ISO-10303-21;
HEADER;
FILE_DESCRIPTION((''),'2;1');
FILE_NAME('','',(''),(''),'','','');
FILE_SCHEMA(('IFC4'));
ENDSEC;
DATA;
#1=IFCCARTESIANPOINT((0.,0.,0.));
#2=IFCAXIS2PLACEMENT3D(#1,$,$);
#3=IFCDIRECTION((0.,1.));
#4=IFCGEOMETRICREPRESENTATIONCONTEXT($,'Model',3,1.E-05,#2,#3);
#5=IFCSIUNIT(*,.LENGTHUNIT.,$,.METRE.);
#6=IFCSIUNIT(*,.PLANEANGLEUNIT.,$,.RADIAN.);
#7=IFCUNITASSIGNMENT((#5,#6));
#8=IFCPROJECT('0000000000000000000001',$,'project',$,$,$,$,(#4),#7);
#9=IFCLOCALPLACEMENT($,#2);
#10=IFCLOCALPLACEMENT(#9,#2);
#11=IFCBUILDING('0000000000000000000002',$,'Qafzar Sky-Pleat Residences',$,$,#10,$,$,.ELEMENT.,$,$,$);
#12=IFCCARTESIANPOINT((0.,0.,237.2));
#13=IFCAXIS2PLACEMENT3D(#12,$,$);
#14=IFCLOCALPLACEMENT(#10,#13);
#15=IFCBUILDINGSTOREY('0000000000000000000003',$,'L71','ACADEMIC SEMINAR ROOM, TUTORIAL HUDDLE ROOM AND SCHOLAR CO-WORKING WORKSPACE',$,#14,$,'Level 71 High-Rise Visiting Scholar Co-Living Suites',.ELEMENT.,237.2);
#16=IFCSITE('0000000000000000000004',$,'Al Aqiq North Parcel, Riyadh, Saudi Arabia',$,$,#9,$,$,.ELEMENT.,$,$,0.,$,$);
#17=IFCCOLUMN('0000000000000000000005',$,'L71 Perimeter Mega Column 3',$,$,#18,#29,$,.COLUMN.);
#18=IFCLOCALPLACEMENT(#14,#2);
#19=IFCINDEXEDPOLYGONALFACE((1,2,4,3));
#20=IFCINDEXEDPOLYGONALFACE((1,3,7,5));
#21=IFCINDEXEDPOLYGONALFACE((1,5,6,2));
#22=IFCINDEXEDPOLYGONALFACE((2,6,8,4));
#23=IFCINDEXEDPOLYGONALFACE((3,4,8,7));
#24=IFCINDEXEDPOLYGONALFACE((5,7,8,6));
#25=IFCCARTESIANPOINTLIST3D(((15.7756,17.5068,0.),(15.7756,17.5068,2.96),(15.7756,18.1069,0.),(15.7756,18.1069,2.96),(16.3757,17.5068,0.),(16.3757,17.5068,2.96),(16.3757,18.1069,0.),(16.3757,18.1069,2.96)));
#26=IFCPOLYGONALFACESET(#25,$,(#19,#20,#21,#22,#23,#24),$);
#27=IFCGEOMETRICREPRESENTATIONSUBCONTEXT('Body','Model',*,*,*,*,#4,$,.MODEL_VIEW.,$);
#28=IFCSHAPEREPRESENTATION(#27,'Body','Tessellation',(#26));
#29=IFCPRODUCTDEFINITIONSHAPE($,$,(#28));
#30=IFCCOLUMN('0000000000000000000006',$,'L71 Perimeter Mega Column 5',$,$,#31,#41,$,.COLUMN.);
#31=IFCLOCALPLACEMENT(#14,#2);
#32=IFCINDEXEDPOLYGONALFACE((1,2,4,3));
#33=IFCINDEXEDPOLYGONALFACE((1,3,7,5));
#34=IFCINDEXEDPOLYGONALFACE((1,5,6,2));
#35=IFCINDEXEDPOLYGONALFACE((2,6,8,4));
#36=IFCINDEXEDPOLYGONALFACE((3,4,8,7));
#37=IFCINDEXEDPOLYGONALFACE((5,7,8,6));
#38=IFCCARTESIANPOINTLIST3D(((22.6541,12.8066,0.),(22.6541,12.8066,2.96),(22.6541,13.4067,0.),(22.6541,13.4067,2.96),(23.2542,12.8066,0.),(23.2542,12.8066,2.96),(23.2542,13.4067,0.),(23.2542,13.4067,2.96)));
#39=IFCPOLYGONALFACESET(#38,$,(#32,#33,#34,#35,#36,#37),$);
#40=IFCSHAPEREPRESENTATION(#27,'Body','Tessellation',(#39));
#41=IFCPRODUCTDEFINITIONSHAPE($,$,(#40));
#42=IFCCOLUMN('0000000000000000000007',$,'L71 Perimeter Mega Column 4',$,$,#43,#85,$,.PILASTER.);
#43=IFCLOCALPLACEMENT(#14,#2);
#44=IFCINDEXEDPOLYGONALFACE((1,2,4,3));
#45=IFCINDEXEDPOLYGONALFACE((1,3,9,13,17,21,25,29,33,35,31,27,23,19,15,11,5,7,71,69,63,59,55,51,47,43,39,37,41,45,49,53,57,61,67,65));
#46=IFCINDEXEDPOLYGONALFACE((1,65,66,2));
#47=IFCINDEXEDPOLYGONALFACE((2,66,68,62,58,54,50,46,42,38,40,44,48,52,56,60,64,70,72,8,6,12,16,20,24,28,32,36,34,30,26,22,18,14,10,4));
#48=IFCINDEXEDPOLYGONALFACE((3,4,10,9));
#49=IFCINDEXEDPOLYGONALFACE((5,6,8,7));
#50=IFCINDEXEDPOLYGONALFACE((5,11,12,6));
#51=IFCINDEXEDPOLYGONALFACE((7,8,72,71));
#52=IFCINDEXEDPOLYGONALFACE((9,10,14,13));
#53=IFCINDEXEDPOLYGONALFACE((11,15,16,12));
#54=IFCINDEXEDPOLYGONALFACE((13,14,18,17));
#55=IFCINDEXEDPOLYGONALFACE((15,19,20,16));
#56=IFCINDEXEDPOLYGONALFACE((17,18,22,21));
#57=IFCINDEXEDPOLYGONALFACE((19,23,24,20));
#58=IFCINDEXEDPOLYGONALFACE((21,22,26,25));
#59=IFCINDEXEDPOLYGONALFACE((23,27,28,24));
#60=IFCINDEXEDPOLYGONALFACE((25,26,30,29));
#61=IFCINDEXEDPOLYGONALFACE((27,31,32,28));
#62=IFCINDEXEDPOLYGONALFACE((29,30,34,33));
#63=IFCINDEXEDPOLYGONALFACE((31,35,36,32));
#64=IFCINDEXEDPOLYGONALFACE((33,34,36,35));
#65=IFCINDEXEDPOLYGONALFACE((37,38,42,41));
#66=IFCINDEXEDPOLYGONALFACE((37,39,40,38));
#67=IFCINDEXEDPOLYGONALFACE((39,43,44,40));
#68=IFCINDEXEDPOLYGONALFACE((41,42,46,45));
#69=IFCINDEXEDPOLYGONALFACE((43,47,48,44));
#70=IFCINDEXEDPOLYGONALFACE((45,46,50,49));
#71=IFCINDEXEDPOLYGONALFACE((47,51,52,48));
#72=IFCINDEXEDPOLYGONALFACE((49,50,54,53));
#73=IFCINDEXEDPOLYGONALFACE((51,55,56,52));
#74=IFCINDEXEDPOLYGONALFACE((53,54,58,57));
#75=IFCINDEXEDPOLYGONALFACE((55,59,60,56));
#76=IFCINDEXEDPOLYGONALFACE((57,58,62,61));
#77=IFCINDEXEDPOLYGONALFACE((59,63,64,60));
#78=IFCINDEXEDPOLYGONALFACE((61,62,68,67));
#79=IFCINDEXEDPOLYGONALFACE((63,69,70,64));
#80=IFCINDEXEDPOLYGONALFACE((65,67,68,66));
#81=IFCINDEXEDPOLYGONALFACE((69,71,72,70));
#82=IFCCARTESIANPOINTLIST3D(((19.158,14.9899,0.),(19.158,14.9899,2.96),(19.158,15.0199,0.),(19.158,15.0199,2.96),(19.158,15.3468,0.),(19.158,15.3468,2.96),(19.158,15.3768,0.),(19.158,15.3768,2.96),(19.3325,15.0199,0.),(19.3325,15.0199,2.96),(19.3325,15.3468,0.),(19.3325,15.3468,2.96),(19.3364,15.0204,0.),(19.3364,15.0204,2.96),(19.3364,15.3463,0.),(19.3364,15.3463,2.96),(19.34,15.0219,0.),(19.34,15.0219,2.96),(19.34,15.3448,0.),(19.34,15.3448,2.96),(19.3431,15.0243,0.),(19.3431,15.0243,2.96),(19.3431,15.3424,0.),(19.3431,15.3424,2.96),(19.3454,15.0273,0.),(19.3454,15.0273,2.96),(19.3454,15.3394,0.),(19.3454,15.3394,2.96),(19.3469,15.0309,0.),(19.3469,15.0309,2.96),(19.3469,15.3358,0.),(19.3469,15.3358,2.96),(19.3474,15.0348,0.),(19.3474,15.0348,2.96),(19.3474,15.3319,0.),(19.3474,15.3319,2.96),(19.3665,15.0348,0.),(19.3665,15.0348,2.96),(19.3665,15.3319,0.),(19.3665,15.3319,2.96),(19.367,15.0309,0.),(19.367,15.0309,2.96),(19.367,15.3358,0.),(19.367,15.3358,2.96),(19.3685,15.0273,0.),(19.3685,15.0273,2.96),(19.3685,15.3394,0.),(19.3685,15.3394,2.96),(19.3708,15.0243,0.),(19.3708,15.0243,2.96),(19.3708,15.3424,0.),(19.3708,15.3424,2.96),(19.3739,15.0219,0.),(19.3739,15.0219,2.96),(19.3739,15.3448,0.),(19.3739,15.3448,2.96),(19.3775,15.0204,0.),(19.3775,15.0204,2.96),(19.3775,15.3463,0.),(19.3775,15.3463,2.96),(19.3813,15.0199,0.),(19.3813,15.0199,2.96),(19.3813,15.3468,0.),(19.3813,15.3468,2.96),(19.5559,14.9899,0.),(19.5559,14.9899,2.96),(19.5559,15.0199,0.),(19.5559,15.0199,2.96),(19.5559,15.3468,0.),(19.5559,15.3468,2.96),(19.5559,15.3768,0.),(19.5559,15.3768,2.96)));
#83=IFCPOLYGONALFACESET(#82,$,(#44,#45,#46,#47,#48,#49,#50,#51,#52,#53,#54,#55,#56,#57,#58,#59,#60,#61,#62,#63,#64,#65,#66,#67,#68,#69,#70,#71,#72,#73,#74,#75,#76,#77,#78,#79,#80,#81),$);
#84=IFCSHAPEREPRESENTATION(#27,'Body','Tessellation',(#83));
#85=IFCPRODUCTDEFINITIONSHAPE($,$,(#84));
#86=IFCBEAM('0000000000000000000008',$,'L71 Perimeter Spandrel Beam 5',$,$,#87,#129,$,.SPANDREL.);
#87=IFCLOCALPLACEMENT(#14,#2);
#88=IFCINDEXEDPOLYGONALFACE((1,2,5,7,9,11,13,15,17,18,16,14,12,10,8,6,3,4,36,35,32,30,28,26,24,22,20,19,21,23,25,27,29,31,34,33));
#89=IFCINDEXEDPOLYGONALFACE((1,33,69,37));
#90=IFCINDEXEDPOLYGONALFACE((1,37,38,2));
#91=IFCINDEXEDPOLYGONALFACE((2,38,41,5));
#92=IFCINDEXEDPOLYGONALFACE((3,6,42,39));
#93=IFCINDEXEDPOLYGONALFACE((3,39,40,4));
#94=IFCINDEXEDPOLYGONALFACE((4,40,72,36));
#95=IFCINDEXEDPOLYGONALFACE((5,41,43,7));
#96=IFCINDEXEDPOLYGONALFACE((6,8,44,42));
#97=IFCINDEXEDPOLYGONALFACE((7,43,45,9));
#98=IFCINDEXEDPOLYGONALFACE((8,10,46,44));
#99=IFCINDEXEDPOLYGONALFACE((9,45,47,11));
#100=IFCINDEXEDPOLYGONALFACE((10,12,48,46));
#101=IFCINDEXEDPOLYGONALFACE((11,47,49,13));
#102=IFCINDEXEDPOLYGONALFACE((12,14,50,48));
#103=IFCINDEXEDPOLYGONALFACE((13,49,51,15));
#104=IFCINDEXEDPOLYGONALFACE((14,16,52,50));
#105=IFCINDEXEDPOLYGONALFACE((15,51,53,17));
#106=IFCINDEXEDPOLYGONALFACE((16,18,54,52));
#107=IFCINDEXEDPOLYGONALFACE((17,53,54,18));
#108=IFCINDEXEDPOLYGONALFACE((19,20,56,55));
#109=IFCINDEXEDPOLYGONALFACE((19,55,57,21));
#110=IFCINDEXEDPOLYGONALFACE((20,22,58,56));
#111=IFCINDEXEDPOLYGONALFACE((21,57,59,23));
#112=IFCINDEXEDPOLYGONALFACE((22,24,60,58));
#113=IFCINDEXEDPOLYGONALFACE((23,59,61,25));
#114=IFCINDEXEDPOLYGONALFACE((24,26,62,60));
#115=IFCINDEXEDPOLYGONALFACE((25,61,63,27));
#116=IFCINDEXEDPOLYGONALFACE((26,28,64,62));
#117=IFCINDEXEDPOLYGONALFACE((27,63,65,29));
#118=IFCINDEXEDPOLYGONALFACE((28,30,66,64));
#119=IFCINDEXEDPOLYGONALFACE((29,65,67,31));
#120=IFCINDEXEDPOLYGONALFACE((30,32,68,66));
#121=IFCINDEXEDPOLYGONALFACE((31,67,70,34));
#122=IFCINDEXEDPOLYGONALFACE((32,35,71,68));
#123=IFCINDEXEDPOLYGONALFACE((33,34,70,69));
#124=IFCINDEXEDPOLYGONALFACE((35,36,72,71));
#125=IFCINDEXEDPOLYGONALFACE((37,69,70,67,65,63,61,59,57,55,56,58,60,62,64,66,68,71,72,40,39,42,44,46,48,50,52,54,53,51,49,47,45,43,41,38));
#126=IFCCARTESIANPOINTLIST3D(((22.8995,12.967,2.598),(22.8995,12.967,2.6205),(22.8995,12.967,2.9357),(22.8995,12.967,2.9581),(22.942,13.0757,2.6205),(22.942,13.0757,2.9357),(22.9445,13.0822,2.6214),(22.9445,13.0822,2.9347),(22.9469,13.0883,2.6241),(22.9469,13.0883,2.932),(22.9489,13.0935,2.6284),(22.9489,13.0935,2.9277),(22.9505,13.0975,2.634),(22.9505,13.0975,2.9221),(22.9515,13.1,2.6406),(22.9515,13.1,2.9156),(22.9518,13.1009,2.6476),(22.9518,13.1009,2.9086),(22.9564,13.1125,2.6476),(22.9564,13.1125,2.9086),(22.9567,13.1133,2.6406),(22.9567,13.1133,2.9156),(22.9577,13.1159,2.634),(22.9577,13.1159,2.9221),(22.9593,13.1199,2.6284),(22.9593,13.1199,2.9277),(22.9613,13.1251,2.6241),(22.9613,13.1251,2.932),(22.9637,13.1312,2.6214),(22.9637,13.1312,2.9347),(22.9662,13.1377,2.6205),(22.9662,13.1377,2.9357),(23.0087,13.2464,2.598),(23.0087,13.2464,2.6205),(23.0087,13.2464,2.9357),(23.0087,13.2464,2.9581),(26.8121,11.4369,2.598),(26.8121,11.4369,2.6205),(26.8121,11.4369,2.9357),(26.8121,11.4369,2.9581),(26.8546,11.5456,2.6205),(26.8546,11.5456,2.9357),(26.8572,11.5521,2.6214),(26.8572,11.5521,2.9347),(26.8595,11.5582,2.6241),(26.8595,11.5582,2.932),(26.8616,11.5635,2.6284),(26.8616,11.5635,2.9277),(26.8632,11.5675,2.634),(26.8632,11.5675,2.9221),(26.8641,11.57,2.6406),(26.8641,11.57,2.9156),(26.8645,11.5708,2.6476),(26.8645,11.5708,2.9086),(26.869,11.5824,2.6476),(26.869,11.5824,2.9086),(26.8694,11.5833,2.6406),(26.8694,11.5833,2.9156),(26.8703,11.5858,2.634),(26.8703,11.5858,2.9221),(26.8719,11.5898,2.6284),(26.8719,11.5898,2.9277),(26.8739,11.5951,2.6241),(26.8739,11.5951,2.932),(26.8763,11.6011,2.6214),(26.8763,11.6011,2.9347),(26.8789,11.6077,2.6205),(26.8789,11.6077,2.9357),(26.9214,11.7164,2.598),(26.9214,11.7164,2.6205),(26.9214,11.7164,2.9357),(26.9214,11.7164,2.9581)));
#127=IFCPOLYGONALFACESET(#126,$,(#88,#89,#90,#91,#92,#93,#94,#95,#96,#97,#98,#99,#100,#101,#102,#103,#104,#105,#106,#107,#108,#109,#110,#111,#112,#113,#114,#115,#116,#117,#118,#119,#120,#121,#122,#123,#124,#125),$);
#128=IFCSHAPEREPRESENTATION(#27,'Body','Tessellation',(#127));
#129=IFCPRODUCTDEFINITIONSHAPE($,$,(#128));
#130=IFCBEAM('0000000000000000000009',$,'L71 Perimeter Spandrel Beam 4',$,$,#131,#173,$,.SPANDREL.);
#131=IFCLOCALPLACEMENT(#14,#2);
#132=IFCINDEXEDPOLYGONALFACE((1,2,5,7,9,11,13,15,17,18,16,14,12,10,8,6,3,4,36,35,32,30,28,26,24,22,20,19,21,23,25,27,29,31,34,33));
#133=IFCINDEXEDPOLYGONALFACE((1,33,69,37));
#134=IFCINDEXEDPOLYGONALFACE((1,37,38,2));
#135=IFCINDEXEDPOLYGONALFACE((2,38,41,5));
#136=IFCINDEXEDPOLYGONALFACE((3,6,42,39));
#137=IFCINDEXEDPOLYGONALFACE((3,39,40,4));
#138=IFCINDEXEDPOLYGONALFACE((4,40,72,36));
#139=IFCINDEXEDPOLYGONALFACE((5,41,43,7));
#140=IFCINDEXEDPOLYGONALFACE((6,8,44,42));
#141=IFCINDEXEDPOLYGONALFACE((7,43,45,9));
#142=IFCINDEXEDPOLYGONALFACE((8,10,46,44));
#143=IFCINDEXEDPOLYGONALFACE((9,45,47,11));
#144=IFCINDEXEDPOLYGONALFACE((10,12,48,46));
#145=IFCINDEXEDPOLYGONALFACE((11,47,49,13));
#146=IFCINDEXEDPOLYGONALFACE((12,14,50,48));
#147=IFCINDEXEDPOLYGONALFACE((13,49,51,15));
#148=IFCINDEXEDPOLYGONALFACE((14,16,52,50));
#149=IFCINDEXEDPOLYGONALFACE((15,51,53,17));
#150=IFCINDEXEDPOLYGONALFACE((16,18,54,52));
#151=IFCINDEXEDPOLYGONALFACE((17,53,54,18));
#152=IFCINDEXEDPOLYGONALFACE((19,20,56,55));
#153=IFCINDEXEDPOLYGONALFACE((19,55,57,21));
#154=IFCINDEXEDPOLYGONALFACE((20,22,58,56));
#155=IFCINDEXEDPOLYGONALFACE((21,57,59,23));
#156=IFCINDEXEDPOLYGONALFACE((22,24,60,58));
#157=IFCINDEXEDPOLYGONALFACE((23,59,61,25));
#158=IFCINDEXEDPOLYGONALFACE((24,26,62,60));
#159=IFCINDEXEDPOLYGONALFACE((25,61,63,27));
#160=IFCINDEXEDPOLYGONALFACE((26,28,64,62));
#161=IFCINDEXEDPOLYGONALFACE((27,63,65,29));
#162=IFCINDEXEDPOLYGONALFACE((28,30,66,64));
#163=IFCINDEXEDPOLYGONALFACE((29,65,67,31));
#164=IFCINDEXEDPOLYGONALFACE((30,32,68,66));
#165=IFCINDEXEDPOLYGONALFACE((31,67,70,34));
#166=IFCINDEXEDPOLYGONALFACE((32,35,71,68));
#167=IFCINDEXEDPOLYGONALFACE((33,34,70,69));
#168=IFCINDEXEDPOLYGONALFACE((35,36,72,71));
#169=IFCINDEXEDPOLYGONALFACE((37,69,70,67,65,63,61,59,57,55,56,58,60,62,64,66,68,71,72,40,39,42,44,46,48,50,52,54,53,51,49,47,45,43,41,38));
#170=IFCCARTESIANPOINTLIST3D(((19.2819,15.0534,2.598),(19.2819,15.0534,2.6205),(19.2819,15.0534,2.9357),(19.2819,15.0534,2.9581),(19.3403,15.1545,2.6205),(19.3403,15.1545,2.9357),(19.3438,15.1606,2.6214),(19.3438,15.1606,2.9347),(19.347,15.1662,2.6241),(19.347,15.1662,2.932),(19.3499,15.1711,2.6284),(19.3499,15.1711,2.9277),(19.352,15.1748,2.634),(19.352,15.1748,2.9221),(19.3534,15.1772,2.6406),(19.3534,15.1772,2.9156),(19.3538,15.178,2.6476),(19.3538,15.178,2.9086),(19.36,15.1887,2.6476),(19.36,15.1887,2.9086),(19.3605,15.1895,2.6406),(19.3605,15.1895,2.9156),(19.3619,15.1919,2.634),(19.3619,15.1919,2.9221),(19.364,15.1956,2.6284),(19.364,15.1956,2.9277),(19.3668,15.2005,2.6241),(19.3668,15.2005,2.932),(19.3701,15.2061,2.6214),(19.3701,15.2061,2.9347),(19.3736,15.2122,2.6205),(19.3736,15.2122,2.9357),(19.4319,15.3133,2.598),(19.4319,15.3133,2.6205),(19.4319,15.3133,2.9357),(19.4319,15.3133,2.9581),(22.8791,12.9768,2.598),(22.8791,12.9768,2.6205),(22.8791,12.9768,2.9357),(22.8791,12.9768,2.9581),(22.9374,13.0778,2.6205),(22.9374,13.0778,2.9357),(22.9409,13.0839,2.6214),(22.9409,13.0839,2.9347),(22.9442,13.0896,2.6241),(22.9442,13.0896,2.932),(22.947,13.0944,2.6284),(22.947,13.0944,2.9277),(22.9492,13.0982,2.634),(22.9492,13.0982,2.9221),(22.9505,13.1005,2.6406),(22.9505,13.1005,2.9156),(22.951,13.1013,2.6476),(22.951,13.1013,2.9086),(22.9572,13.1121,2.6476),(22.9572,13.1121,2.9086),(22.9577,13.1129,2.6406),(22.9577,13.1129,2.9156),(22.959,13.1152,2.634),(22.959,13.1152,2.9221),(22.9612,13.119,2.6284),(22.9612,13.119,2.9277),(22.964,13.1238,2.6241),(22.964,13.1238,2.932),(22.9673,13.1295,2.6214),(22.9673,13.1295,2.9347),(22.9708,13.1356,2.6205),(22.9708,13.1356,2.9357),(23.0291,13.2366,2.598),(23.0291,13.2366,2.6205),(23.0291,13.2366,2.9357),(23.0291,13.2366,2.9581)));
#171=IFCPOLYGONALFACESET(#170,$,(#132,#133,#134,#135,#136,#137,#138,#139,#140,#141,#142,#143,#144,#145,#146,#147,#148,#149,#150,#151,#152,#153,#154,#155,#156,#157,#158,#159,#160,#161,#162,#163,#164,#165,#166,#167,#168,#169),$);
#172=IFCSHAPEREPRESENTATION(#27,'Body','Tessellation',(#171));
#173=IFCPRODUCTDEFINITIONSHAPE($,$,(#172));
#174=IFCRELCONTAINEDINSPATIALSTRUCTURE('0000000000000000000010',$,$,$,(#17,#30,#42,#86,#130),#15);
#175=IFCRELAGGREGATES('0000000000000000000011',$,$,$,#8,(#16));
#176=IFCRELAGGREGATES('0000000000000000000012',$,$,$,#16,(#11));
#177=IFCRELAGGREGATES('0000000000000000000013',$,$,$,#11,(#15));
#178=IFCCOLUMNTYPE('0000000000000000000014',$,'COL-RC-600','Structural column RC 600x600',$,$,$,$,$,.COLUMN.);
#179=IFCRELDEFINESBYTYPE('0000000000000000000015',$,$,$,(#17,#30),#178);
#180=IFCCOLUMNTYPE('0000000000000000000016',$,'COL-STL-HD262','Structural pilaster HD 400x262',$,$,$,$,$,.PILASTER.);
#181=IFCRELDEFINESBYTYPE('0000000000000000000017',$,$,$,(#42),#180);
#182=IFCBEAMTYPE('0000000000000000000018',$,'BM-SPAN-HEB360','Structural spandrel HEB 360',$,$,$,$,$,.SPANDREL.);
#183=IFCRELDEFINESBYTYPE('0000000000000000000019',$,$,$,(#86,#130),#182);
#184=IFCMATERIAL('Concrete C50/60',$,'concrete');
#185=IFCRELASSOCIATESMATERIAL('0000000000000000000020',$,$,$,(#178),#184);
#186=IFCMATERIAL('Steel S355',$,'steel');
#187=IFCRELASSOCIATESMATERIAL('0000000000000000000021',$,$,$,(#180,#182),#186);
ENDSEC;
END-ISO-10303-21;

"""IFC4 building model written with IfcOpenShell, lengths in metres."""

from ifc_helpers import new_model, si_unit, direction, frame, origin, origin_2d, place, context, subcontext, project, spatial, rectangle, i_section, extrude, source, transform, mapped, material, material_profile, profile_set, type_object, element, save


model = new_model("IFC4")

# Units and contexts
model_context = context("Model", 3, precision=1e-05, world=origin(), true_north=direction((0.0, 1.0)))
body_context = subcontext(model_context, "Body", "Model", "MODEL_VIEW")
ifc_project = project(units=[si_unit("LENGTHUNIT", "METRE"), si_unit("PLANEANGLEUNIT", "RADIAN")], contexts=[model_context])

# Site, building, storey
site_placement = place(None, origin())
site = spatial("IfcSite", under=ifc_project, at=site_placement, Name="Al Aqiq North Parcel, Riyadh, Saudi Arabia", CompositionType="ELEMENT", RefElevation=0.0)
building_placement = place(site_placement, origin())
building = spatial("IfcBuilding", under=site, at=building_placement, Name="Qafzar Sky-Pleat Residences", CompositionType="ELEMENT")
storey_placement = place(building_placement, frame((0.0, 0.0, 237.2)))
storey = spatial("IfcBuildingStorey", under=building, at=storey_placement, Name="L71", Description="ACADEMIC SEMINAR ROOM, TUTORIAL HUDDLE ROOM AND SCHOLAR CO-WORKING WORKSPACE", LongName="Level 71 High-Rise Visiting Scholar Co-Living Suites", CompositionType="ELEMENT", Elevation=237.2)

# Columns
ifc_material_1 = material(Name="Concrete C50/60", Category="concrete")
ifc_material_profile_1 = material_profile(ifc_material_1, rectangle(XDim=0.6001, YDim=0.6001, at=origin_2d()), Name="RC 600x600")
ifc_profile_set_1 = profile_set([ifc_material_profile_1], Name="Concrete C50/60")
column_type_1 = type_object("IfcColumnType", Name="COL-RC-600", Description="Structural column RC 600x600", PredefinedType="COLUMN", material=ifc_profile_set_1)
shared_shape_1 = source(origin(), body_context, "Body", "SweptSolid", [
    extrude(rectangle(XDim=0.6001, YDim=0.6001, at=origin_2d()), origin(), (0.0, 0.0, 1.0), 2.96),
])
for number, where, z_axis, x_axis, name in (
    (1, (16.0757, 17.8069, 0.0), (0.0, 0.0, 1.0), (1.0, 0.0, 0.0), "L71 Perimeter Mega Column 3"),
    (2, (22.9541, 13.1067, 0.0), (0.0, 0.0, 1.0), (1.0, 0.0, 0.0), "L71 Perimeter Mega Column 5"),
):
    element("IfcColumn", number, at=place(storey_placement, frame(where, z_axis=z_axis, x_axis=x_axis)), inside=storey, type_object=column_type_1, Name=name, PredefinedType="COLUMN", context=body_context, shape_type="MappedRepresentation", body=[
        mapped(shared_shape_1, transform((0.0, 0.0, 0.0), x_axis=(1.0, 0.0, 0.0), y_axis=(0.0, 1.0, 0.0), z_axis=(0.0, 0.0, 1.0), scale=1.0)),
    ])
ifc_material_2 = material(Name="Steel S355", Category="steel")
ifc_material_profile_2 = material_profile(ifc_material_2, i_section(OverallWidth=0.3979, OverallDepth=0.387, WebThickness=0.019, FlangeThickness=0.03, FilletRadius=0.0149, at=origin_2d()), Name="HD 400x262")
ifc_profile_set_2 = profile_set([ifc_material_profile_2], Name="Steel S355")
column_type_2 = type_object("IfcColumnType", Name="COL-STL-HD262", Description="Structural pilaster HD 400x262", PredefinedType="PILASTER", material=ifc_profile_set_2)
shared_shape_2 = source(origin(), body_context, "Body", "SweptSolid", [
    extrude(i_section(OverallWidth=0.3979, OverallDepth=0.387, WebThickness=0.019, FlangeThickness=0.03, FilletRadius=0.0149, at=origin_2d()), origin(), (0.0, 0.0, 1.0), 2.96),
])
column_placement = place(storey_placement, frame((19.3569, 15.1833, 0.0), z_axis=(0.0, 0.0, 1.0), x_axis=(1.0, 0.0, 0.0)))
element("IfcColumn", 3, at=column_placement, inside=storey, type_object=column_type_2, Name="L71 Perimeter Mega Column 4", PredefinedType="PILASTER", context=body_context, shape_type="MappedRepresentation", body=[
    mapped(shared_shape_2, transform((0.0, 0.0, 0.0), x_axis=(1.0, 0.0, 0.0), y_axis=(0.0, 1.0, 0.0), z_axis=(0.0, 0.0, 1.0), scale=1.0)),
])

# Beams
ifc_material_profile_3 = material_profile(ifc_material_2, i_section(OverallWidth=0.3, OverallDepth=0.3601, WebThickness=0.0125, FlangeThickness=0.0225, FilletRadius=0.0271, at=origin_2d()), Name="HEB 360")
ifc_profile_set_3 = profile_set([ifc_material_profile_3], Name="Steel S355")
beam_type_1 = type_object("IfcBeamType", Name="BM-SPAN-HEB360", Description="Structural spandrel HEB 360", PredefinedType="SPANDREL", material=ifc_profile_set_3)
shared_shape_3 = source(origin(), body_context, "Body", "SweptSolid", [
    extrude(i_section(OverallWidth=0.3, OverallDepth=0.3601, WebThickness=0.0125, FlangeThickness=0.0225, FilletRadius=0.0271, at=origin_2d()), origin(), (0.0, 0.0, 1.0), 4.2012),
])
beam_1_placement = place(storey_placement, frame((22.9541, 13.1067, 2.7781), z_axis=(0.931322, -0.364196, 0.0), x_axis=(0.364196, 0.931322, 0.0)))
element("IfcBeam", 4, at=beam_1_placement, inside=storey, type_object=beam_type_1, Name="L71 Perimeter Spandrel Beam 5", PredefinedType="SPANDREL", context=body_context, shape_type="MappedRepresentation", body=[
    mapped(shared_shape_3, transform((0.0, 0.0, 0.0), x_axis=(1.0, 0.0, 0.0), y_axis=(0.0, 1.0, 0.0), z_axis=(0.0, 0.0, 1.0), scale=1.0)),
])
shared_shape_4 = source(origin(), body_context, "Body", "SweptSolid", [
    extrude(i_section(OverallWidth=0.3, OverallDepth=0.3601, WebThickness=0.0125, FlangeThickness=0.0225, FilletRadius=0.0271, at=origin_2d()), origin(), (0.0, 0.0, 1.0), 4.1536),
])
beam_2_placement = place(storey_placement, frame((19.3569, 15.1833, 2.7781), z_axis=(0.866043, -0.49997, 0.0), x_axis=(0.49997, 0.866043, 0.0)))
element("IfcBeam", 5, at=beam_2_placement, inside=storey, type_object=beam_type_1, Name="L71 Perimeter Spandrel Beam 4", PredefinedType="SPANDREL", context=body_context, shape_type="MappedRepresentation", body=[
    mapped(shared_shape_4, transform((0.0, 0.0, 0.0), x_axis=(1.0, 0.0, 0.0), y_axis=(0.0, 1.0, 0.0), z_axis=(0.0, 0.0, 1.0), scale=1.0)),
])

save(model, "model.ifc")
